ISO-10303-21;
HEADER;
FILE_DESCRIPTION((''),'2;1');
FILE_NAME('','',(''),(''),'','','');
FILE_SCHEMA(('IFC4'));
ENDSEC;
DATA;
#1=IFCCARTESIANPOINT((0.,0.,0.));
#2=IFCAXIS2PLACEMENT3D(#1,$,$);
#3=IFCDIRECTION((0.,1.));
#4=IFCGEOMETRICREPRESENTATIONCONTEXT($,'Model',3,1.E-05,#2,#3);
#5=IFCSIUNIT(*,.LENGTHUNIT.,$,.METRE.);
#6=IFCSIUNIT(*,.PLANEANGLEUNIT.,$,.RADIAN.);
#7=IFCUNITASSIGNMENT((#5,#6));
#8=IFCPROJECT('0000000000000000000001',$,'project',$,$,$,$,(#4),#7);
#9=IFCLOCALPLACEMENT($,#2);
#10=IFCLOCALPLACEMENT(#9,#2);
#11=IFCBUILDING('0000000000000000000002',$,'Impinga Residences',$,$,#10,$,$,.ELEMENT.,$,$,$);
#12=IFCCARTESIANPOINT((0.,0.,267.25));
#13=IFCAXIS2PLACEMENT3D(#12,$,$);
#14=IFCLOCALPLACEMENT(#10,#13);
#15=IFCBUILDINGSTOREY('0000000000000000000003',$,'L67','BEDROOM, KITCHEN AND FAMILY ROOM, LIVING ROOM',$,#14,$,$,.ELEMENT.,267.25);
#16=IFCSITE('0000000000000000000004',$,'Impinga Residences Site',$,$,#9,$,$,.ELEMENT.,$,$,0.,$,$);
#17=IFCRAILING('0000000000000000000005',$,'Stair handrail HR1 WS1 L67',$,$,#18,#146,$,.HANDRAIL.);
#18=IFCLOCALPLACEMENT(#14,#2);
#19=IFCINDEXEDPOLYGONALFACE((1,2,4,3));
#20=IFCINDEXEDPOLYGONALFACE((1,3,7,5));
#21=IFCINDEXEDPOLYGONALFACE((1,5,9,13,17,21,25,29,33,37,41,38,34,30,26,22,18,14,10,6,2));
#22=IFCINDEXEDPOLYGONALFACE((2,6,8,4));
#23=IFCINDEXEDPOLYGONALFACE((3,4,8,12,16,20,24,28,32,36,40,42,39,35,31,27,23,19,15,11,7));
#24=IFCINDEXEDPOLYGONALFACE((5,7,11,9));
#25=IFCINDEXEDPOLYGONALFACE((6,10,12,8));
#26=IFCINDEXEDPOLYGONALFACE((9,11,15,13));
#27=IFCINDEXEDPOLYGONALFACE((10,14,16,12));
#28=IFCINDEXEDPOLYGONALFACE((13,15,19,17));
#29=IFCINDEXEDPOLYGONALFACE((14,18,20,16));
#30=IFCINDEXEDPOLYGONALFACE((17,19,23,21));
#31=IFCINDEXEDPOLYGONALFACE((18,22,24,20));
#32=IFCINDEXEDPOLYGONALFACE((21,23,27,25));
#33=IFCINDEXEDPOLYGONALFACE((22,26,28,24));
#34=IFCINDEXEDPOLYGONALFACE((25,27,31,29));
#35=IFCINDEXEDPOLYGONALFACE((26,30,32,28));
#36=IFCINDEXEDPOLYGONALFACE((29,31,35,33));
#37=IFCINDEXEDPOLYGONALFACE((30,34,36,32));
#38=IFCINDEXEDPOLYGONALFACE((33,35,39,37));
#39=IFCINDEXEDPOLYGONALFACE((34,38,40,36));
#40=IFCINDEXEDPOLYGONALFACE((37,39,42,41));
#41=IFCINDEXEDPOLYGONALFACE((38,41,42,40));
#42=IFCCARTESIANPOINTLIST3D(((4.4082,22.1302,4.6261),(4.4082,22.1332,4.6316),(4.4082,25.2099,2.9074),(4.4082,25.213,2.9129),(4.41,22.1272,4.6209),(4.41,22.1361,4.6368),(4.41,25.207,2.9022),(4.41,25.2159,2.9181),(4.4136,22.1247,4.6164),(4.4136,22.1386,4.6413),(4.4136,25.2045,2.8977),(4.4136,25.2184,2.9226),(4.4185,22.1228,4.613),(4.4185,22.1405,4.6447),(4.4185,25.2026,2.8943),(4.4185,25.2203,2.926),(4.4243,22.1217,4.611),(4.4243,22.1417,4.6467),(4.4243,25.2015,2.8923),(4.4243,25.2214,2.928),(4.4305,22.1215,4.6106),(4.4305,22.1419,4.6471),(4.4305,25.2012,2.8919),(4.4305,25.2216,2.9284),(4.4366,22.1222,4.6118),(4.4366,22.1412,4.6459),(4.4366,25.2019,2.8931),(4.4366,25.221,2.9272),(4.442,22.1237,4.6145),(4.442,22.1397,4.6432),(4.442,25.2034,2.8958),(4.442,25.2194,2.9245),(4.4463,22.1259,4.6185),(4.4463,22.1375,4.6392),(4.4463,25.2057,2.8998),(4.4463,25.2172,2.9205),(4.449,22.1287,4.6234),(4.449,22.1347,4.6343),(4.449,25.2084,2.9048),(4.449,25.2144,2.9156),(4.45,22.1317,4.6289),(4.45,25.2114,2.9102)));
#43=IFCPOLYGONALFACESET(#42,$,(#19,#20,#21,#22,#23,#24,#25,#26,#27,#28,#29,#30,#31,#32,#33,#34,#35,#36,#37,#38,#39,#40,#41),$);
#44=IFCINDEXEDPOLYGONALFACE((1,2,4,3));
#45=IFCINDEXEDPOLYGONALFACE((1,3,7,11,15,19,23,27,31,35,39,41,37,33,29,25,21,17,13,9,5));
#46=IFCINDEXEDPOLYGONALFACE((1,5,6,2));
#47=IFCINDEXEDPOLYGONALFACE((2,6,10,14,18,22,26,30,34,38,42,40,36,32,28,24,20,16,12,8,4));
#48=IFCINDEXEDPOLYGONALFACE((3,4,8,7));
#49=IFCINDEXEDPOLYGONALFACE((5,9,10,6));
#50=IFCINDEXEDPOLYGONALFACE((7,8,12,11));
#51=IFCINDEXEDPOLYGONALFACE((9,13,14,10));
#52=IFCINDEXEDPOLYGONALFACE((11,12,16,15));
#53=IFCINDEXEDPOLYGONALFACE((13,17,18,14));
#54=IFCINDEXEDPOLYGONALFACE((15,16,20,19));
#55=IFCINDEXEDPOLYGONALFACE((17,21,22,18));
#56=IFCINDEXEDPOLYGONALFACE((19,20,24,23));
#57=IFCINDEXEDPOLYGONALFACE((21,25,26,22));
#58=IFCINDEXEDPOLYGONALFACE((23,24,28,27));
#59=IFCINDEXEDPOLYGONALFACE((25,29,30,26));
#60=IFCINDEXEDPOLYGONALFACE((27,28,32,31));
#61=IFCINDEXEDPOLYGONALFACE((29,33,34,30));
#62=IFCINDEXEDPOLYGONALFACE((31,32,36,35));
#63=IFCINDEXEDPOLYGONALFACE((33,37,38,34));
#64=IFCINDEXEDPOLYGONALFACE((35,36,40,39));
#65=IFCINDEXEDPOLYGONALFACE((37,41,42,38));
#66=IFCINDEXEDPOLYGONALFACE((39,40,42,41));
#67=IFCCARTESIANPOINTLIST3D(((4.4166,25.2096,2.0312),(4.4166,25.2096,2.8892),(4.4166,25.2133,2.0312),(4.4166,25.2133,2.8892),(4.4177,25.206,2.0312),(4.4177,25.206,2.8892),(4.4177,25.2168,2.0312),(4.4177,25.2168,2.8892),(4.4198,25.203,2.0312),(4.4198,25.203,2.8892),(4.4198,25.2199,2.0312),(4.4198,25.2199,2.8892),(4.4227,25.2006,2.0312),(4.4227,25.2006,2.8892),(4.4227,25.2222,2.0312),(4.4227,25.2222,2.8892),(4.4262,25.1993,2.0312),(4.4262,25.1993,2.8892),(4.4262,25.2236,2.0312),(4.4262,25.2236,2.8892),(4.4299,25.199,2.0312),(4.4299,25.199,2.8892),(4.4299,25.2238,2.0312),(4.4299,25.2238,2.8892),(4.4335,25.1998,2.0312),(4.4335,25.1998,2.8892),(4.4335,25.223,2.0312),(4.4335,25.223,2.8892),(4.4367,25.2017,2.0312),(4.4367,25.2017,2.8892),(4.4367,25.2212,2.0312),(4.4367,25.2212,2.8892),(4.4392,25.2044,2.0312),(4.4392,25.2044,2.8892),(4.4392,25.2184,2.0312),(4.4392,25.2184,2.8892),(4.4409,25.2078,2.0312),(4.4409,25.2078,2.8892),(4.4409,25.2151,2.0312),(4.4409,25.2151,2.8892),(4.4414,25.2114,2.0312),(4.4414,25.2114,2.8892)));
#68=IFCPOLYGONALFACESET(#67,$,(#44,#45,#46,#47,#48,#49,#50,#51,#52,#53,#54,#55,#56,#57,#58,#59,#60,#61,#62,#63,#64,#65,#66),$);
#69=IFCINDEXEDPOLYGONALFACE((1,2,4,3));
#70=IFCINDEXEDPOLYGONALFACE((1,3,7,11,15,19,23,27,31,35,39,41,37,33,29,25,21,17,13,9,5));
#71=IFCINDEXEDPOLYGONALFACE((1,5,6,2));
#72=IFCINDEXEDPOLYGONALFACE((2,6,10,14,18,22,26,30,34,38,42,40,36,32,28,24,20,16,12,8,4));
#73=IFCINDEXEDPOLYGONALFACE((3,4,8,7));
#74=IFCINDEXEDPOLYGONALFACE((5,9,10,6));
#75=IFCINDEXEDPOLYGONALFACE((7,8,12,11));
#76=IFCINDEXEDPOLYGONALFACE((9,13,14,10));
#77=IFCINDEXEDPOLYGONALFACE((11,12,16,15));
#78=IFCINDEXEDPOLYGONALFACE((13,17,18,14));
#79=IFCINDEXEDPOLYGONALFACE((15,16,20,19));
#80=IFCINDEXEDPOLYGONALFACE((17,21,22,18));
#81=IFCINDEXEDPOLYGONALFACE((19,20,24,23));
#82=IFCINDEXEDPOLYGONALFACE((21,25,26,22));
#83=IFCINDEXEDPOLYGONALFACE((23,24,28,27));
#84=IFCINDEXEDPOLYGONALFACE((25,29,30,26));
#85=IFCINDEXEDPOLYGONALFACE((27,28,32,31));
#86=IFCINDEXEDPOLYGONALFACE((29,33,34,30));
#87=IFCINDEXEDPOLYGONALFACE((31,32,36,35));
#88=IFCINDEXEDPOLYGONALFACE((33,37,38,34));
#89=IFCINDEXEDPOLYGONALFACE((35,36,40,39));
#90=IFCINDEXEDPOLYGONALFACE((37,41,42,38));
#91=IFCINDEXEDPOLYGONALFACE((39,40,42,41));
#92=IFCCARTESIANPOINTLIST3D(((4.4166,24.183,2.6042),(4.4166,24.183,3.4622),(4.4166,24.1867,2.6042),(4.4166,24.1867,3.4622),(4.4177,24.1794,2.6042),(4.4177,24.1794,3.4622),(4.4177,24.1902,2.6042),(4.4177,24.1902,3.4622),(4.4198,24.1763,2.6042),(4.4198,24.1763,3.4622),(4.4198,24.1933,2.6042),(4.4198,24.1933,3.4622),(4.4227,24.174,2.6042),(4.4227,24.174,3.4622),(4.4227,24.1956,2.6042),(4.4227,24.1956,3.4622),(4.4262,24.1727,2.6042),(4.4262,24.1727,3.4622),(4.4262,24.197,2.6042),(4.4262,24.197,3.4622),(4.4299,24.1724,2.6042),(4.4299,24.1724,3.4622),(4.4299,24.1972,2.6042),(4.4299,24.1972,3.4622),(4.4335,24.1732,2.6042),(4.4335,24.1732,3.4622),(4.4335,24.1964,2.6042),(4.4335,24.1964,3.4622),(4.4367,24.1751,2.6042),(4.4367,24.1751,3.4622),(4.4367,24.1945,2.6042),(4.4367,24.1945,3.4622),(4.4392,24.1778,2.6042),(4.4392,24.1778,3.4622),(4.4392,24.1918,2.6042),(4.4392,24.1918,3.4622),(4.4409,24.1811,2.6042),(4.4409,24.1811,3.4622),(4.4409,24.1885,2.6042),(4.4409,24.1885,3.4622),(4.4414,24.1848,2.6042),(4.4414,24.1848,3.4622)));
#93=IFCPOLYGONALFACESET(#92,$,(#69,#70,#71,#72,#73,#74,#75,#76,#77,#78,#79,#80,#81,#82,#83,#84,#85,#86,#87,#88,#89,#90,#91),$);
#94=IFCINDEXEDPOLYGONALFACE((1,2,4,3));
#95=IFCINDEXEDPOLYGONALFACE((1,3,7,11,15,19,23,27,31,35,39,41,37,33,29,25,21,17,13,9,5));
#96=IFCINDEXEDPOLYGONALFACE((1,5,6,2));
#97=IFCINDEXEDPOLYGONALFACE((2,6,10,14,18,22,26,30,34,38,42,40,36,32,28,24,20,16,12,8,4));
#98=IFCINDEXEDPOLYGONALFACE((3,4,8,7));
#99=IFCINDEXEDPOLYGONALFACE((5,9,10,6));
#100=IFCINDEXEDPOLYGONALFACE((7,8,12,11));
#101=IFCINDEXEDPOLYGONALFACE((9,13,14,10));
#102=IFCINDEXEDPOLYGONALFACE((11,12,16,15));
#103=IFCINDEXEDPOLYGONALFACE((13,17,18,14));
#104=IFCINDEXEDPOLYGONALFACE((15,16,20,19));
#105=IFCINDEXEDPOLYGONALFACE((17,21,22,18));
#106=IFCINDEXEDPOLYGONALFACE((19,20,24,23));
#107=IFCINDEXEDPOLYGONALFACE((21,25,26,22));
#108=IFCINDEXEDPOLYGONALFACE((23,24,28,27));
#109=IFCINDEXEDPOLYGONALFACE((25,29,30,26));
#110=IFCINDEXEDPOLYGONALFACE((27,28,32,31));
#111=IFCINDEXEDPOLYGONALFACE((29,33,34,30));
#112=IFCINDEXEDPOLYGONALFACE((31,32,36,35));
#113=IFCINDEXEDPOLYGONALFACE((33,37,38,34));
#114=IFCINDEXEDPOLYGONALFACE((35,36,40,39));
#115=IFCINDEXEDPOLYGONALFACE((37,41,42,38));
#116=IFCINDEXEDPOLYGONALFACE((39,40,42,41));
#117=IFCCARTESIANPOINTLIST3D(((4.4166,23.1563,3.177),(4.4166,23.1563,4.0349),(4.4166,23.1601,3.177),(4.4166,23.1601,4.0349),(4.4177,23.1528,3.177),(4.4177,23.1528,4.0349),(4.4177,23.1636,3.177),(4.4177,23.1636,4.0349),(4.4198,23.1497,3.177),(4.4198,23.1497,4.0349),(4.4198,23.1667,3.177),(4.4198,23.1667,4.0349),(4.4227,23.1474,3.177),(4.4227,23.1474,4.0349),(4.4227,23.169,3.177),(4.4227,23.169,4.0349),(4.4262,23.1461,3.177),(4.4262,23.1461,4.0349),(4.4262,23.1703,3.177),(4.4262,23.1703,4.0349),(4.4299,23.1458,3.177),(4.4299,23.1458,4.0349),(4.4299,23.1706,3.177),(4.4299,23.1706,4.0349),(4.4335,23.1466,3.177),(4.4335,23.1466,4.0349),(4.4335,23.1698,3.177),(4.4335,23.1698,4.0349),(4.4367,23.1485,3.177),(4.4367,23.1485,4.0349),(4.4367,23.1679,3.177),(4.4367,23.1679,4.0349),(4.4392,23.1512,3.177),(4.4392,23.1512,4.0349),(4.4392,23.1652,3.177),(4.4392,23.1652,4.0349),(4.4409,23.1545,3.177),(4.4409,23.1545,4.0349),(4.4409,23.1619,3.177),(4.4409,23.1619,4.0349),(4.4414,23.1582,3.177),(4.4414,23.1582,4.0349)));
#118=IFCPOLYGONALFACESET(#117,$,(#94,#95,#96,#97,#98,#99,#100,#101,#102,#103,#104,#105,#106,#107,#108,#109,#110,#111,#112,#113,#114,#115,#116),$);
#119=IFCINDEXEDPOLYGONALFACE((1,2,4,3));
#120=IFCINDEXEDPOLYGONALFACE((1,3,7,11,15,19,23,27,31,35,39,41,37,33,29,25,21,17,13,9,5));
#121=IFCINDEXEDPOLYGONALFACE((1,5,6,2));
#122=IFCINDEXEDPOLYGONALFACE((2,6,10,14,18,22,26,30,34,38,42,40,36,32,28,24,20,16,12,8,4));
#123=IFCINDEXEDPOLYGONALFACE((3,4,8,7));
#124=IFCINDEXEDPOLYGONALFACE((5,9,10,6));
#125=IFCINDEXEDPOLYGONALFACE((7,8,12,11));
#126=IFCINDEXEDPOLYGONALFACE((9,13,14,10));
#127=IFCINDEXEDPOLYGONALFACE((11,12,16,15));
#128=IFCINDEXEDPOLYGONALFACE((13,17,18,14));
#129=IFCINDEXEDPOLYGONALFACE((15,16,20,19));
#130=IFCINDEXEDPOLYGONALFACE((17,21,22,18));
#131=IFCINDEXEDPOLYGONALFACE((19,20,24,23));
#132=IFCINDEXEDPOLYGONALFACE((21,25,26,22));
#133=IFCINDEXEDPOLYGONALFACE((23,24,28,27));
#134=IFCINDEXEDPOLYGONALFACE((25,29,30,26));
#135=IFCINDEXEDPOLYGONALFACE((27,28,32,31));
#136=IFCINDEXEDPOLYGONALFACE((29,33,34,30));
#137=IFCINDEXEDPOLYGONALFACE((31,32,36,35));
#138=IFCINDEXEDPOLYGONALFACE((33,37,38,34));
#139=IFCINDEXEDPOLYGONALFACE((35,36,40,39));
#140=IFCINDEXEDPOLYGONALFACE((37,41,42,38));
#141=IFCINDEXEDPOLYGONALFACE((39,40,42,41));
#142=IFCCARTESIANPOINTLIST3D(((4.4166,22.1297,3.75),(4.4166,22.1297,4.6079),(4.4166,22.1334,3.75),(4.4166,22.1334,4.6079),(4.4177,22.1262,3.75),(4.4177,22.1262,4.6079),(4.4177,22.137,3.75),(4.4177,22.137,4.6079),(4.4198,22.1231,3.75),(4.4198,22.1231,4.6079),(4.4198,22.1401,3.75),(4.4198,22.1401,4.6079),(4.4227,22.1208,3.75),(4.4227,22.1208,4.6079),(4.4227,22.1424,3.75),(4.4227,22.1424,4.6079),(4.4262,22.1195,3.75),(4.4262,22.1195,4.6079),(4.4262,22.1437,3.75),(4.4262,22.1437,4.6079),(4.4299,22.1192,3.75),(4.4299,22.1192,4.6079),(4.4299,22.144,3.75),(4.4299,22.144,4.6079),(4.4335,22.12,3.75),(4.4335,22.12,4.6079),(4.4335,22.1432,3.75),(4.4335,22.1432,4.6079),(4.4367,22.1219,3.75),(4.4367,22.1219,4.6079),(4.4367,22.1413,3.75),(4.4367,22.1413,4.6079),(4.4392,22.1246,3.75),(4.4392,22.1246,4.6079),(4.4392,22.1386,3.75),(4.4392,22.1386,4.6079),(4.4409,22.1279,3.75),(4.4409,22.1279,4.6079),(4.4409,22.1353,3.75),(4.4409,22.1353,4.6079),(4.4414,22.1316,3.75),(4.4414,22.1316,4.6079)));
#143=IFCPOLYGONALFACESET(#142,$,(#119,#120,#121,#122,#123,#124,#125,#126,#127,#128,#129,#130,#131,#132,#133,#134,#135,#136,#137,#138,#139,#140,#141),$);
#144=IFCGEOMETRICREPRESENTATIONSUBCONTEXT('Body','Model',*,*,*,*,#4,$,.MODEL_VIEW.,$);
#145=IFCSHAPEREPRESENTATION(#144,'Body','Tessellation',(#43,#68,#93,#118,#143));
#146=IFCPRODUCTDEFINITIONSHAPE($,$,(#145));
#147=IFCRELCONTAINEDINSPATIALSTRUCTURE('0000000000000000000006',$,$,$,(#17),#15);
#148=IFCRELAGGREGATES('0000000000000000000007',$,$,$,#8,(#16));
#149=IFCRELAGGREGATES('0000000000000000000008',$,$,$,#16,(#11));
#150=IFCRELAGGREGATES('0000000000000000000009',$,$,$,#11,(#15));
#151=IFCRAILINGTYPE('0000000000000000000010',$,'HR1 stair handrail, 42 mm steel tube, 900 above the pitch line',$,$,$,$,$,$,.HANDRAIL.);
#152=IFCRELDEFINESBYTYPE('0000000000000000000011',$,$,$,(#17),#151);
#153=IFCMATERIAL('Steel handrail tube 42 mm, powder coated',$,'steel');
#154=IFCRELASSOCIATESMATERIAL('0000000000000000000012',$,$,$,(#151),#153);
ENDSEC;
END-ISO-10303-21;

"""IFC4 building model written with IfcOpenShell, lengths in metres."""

from ifc_helpers import new_model, si_unit, direction, frame, origin, origin_2d, place, context, subcontext, project, spatial, circle, extrude, material, type_object, element, save


model = new_model("IFC4")

# Units and contexts
model_context = context("Model", 3, precision=1e-05, world=origin(), true_north=direction((0.0, 1.0)))
body_context = subcontext(model_context, "Body", "Model", "MODEL_VIEW")
ifc_project = project(units=[si_unit("LENGTHUNIT", "METRE"), si_unit("PLANEANGLEUNIT", "RADIAN")], contexts=[model_context])

# Site, building, storey
site_placement = place(None, origin())
site = spatial("IfcSite", under=ifc_project, at=site_placement, Name="Impinga Residences Site", CompositionType="ELEMENT", RefElevation=0.0)
building_placement = place(site_placement, origin())
building = spatial("IfcBuilding", under=site, at=building_placement, Name="Impinga Residences", CompositionType="ELEMENT")
storey_placement = place(building_placement, frame((0.0, 0.0, 267.25)))
storey = spatial("IfcBuildingStorey", under=building, at=storey_placement, Name="L67", Description="BEDROOM, KITCHEN AND FAMILY ROOM, LIVING ROOM", CompositionType="ELEMENT", Elevation=267.25)

# Railing
ifc_material_1 = material(Name="Steel handrail tube 42 mm, powder coated", Category="steel")
railing_type_1 = type_object("IfcRailingType", Name="HR1 stair handrail, 42 mm steel tube, 900 above the pitch line", PredefinedType="HANDRAIL", material=ifc_material_1)
railing_1_placement = place(storey_placement, frame((4.429, 25.2114, 2.0312)))
element("IfcRailing", 1, at=railing_1_placement, inside=storey, type_object=railing_type_1, Name="Stair handrail HR1 WS1 L67", PredefinedType="HANDRAIL", context=body_context, shape_type="SweptSolid", body=[
    extrude(circle(Radius=0.021, at=origin_2d()), frame((0.0, 0.0, 0.8789), z_axis=(0.0, -0.873225, 0.487317), x_axis=(1.0, 0.0, 0.0)), (0.0, 0.0, 1.0), 3.5269),
    extrude(circle(Radius=0.0125, at=origin_2d()), origin(), (0.0, 0.0, 1.0), 0.8579),
    extrude(circle(Radius=0.0125, at=origin_2d()), frame((0.0, -1.0266, 0.573)), (0.0, 0.0, 1.0), 0.8579),
    extrude(circle(Radius=0.0125, at=origin_2d()), frame((0.0, -2.0532, 1.1458)), (0.0, 0.0, 1.0), 0.8579),
    extrude(circle(Radius=0.0125, at=origin_2d()), frame((0.0, -3.0798, 1.7188)), (0.0, 0.0, 1.0), 0.8579),
])

save(model, "model.ifc")
